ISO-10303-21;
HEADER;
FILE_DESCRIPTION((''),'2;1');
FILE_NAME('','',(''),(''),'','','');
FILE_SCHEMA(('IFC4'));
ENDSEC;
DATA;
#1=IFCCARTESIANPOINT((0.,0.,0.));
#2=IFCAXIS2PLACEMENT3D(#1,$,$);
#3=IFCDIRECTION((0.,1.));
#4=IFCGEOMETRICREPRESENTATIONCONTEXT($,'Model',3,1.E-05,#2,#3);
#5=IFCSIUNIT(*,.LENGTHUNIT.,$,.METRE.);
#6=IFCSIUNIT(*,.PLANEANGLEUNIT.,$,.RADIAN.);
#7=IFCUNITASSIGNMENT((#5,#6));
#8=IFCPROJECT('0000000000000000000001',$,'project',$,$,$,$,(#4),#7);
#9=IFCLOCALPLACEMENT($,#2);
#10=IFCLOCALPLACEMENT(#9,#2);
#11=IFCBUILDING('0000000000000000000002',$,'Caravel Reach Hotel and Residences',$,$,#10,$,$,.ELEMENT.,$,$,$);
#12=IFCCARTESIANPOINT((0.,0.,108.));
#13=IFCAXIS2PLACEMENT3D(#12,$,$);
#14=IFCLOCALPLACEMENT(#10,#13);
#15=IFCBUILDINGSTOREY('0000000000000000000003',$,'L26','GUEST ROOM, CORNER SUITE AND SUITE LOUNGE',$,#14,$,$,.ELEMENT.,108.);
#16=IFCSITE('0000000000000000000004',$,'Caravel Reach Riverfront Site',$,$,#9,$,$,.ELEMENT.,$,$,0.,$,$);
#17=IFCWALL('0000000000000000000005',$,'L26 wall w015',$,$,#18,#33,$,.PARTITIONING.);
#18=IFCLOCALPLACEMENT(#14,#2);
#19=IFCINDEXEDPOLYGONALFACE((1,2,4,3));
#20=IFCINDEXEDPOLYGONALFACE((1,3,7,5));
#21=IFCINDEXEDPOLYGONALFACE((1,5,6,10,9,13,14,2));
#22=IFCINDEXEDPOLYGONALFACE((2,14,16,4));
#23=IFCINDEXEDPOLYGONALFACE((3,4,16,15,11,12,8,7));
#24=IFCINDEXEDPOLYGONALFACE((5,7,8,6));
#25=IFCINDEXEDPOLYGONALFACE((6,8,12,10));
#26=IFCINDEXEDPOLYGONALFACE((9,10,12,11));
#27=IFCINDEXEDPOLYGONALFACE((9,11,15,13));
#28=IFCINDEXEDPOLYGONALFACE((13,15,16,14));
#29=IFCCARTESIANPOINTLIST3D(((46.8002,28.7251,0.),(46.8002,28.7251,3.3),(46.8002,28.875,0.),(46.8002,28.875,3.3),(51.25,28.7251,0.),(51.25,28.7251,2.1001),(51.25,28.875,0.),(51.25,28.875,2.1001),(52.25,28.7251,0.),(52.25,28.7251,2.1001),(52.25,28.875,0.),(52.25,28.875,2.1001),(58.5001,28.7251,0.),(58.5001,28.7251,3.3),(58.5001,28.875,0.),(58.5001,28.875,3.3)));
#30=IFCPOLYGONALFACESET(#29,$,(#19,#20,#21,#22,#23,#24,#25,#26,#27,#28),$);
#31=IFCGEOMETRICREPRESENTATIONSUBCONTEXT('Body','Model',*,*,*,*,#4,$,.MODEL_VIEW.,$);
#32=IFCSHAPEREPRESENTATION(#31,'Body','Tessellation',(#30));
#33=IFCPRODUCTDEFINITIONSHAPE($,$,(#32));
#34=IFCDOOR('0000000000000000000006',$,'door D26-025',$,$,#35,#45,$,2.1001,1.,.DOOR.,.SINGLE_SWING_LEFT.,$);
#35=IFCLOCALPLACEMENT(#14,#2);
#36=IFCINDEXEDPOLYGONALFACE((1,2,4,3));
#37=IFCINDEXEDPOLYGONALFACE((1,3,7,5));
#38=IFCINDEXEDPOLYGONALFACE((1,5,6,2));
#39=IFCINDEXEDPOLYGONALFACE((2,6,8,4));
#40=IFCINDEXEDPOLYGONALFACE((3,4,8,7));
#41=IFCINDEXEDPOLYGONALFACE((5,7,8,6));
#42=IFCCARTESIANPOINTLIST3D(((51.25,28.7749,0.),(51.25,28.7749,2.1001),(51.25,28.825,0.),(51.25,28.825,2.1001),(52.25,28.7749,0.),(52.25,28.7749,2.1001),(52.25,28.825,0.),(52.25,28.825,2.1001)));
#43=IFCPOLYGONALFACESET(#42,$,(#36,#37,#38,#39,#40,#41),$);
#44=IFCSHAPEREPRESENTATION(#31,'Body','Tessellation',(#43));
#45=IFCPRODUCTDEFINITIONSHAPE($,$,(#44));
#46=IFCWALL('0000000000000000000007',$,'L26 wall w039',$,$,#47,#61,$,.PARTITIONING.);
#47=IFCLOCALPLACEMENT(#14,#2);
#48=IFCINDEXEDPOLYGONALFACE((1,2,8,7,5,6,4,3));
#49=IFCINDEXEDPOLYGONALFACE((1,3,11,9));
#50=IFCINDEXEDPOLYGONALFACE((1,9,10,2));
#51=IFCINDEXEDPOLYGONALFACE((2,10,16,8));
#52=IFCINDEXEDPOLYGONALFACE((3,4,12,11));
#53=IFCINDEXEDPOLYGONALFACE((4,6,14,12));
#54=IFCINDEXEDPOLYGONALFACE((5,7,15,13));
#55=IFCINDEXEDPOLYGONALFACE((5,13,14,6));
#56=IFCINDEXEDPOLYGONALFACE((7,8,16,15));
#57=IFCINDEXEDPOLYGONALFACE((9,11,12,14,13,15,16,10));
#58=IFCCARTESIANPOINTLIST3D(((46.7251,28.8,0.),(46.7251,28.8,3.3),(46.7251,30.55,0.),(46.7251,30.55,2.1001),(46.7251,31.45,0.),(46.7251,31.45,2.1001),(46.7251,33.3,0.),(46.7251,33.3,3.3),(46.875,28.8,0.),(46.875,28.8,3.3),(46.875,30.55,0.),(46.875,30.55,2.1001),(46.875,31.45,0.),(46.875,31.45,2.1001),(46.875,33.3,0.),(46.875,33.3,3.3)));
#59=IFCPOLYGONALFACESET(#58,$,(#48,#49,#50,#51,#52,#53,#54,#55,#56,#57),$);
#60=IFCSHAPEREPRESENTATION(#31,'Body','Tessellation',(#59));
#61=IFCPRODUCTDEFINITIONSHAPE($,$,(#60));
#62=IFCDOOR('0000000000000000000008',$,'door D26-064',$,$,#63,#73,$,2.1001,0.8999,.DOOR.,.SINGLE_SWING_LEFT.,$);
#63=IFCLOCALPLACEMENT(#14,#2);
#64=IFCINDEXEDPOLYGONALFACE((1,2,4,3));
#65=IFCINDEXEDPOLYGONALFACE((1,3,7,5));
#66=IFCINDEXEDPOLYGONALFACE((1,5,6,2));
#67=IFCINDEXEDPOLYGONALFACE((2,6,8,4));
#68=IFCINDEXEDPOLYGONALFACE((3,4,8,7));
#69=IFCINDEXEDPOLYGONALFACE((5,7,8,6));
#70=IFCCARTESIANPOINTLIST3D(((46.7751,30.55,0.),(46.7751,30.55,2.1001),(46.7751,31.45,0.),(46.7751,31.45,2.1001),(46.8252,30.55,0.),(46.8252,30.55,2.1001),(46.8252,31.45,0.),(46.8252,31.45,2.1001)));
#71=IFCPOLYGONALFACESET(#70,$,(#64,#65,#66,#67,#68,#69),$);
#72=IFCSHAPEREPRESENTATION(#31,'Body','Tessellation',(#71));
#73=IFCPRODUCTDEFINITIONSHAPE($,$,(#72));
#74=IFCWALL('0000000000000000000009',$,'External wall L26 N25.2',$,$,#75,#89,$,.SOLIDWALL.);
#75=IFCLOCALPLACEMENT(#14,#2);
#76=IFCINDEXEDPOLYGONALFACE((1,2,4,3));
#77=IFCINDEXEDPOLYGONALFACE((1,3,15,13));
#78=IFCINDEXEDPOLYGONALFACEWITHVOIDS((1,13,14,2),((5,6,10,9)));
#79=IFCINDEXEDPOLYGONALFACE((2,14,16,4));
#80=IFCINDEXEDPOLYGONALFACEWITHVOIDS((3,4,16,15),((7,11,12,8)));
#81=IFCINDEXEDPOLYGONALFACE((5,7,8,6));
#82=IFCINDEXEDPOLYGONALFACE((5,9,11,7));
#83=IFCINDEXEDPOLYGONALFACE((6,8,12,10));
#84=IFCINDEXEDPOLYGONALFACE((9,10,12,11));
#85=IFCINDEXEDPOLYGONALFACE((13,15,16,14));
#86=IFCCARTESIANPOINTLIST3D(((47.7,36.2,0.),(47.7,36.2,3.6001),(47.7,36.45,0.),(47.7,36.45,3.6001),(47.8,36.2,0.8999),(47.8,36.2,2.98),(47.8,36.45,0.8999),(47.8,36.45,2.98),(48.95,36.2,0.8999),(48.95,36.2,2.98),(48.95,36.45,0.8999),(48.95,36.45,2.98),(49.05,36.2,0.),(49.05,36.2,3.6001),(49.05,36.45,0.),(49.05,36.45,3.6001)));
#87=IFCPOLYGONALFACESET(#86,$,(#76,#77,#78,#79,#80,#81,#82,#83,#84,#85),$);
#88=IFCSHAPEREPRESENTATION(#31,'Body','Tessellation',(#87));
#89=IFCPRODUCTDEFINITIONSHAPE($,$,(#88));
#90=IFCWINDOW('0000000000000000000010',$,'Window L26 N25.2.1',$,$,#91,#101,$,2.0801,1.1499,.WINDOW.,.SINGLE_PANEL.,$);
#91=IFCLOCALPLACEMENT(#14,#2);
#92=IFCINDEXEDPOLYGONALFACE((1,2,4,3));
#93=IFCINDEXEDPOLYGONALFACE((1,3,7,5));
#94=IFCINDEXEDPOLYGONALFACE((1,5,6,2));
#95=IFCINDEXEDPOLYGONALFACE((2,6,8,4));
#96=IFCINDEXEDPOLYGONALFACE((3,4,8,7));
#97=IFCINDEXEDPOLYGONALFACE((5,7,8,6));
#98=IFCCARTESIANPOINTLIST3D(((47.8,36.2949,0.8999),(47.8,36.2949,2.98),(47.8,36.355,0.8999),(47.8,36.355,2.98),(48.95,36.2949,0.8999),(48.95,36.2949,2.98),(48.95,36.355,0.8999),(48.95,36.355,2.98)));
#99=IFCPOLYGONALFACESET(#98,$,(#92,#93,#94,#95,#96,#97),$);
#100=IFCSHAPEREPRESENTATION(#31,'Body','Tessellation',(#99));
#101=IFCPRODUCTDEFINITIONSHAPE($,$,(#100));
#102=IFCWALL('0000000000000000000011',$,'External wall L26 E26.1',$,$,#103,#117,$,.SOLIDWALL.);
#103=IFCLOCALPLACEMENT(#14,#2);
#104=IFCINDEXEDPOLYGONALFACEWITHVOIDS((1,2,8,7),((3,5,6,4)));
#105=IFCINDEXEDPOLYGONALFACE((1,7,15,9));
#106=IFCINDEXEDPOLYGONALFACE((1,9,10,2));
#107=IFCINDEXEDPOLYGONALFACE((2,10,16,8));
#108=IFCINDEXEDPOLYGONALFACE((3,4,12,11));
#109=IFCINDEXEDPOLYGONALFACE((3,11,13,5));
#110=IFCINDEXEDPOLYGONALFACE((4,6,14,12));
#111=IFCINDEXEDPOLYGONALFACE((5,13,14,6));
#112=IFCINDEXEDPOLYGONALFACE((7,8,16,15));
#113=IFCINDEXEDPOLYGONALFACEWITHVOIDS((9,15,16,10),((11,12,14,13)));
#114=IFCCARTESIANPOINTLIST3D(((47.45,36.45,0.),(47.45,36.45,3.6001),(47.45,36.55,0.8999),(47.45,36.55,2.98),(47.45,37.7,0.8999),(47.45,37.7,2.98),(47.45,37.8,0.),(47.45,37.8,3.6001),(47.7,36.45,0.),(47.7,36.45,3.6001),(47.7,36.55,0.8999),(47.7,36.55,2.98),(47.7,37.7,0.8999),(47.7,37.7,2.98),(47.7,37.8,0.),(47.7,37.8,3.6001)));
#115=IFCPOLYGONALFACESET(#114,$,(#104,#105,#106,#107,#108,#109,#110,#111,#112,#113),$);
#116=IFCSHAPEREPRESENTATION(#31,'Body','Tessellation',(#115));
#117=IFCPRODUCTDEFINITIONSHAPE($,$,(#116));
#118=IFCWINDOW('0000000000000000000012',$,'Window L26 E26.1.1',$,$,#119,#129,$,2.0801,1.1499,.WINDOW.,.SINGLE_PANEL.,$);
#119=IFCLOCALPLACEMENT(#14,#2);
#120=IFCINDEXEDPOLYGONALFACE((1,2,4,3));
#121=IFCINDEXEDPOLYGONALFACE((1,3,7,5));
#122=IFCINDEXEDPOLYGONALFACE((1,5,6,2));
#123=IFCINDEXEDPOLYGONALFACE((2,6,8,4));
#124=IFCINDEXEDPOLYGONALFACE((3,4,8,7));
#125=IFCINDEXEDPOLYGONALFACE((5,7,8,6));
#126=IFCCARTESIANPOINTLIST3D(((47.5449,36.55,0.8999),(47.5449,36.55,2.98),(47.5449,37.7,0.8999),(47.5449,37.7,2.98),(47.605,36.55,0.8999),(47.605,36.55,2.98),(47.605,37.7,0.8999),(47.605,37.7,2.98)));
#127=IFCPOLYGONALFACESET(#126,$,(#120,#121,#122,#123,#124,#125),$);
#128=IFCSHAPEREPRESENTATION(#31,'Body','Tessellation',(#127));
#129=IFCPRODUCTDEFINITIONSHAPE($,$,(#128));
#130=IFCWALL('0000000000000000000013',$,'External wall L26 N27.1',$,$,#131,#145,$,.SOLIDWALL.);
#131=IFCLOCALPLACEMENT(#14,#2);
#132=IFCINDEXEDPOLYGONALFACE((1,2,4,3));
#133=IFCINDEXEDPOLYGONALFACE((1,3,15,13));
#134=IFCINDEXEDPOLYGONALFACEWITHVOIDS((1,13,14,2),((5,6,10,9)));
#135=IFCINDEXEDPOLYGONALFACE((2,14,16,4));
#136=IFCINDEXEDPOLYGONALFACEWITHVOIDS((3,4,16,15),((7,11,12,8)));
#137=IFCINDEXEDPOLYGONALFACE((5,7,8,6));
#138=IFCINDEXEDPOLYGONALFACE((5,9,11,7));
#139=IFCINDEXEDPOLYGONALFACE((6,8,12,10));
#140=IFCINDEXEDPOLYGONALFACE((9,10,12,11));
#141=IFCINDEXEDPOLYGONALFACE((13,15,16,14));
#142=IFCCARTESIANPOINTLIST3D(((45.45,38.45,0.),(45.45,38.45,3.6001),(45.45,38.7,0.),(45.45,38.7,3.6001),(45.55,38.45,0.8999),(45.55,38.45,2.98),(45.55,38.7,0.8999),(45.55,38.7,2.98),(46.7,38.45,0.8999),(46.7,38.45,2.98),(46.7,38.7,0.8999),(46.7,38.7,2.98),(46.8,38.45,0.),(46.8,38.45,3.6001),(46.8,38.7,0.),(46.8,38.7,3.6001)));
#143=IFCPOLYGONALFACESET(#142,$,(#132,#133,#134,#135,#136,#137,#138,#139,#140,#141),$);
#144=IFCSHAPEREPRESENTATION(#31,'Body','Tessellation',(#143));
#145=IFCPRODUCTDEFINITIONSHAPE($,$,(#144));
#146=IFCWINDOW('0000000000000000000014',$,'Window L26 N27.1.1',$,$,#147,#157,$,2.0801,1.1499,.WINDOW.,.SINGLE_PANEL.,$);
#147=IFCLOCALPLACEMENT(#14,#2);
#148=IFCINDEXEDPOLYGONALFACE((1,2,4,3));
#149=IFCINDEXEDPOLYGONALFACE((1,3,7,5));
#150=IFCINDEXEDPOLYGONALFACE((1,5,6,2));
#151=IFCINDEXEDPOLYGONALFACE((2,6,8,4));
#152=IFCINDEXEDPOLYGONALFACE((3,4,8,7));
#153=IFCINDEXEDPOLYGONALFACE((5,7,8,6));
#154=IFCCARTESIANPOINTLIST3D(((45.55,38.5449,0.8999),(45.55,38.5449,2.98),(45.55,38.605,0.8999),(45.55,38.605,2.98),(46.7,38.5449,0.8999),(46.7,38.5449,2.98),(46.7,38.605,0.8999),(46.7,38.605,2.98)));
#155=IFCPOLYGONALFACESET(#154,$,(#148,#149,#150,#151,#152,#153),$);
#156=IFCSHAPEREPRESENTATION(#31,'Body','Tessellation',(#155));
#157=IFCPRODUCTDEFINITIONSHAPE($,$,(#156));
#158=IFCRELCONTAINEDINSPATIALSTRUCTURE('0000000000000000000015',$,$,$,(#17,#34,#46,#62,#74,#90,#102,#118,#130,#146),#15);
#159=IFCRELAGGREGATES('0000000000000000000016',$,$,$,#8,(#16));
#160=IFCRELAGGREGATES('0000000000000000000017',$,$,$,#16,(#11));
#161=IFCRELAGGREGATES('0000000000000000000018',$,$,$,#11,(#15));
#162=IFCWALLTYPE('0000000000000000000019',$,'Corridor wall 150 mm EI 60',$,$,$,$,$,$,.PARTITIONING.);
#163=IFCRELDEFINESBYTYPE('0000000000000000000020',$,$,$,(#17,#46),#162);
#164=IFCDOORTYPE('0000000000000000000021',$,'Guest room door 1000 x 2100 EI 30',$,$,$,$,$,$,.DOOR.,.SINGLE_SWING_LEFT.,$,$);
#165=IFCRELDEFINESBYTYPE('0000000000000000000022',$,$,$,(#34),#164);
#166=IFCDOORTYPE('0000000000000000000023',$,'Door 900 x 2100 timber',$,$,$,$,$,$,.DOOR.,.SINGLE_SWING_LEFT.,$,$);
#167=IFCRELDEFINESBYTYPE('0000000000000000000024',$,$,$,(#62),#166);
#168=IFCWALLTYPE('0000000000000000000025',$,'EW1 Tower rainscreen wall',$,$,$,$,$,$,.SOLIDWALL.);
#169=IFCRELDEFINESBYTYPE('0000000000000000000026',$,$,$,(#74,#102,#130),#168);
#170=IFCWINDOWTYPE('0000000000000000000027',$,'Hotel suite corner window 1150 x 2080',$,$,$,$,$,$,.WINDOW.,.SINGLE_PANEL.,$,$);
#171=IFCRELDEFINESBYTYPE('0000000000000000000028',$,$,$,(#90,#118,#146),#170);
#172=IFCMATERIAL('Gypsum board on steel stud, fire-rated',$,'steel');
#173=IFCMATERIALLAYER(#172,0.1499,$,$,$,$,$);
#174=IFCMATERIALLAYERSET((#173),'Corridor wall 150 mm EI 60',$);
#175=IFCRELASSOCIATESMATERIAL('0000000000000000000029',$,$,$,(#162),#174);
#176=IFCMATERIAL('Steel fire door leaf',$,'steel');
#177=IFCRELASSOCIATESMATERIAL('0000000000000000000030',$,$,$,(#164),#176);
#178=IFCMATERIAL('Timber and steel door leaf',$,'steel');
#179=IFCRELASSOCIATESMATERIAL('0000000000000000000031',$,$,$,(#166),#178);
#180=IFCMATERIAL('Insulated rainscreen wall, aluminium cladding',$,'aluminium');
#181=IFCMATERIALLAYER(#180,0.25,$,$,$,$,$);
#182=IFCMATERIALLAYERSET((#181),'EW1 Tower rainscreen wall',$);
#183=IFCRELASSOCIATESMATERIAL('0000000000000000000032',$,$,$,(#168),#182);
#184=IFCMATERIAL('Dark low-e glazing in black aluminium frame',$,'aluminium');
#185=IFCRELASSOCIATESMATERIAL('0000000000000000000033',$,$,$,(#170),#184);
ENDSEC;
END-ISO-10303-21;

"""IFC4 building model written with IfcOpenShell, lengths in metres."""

from ifc_helpers import new_model, si_unit, direction, frame, frame_2d, origin, place, context, subcontext, project, spatial, rectangle, extrude, material, layer, layer_set, type_object, element, fill, save


model = new_model("IFC4")

# Units and contexts
model_context = context("Model", 3, precision=1e-05, world=origin(), true_north=direction((0.0, 1.0)))
body_context = subcontext(model_context, "Body", "Model", "MODEL_VIEW")
ifc_project = project(units=[si_unit("LENGTHUNIT", "METRE"), si_unit("PLANEANGLEUNIT", "RADIAN")], contexts=[model_context])

# Site, building, storey
site_placement = place(None, origin())
site = spatial("IfcSite", under=ifc_project, at=site_placement, Name="Caravel Reach Riverfront Site", CompositionType="ELEMENT", RefElevation=0.0)
building_placement = place(site_placement, origin())
building = spatial("IfcBuilding", under=site, at=building_placement, Name="Caravel Reach Hotel and Residences", CompositionType="ELEMENT")
storey_placement = place(building_placement, frame((0.0, 0.0, 108.0)))
storey = spatial("IfcBuildingStorey", under=building, at=storey_placement, Name="L26", Description="GUEST ROOM, CORNER SUITE AND SUITE LOUNGE", CompositionType="ELEMENT", Elevation=108.0)

# Walls, openings, doors
ifc_material_1 = material(Name="Gypsum board on steel stud, fire-rated", Category="steel")
ifc_layer_1 = layer(ifc_material_1, 0.1499)
ifc_layer_set_1 = layer_set([ifc_layer_1], Name="Corridor wall 150 mm EI 60")
wall_type_1 = type_object("IfcWallType", Name="Corridor wall 150 mm EI 60", PredefinedType="PARTITIONING", material=ifc_layer_set_1)
ifc_material_2 = material(Name="Steel fire door leaf", Category="steel")
door_type_1 = type_object("IfcDoorType", Name="Guest room door 1000 x 2100 EI 30", OperationType="SINGLE_SWING_LEFT", PredefinedType="DOOR", material=ifc_material_2)
wall_1_placement = place(storey_placement, frame((46.8, 28.8, 0.0), z_axis=(0.0, 0.0, 1.0), x_axis=(1.0, 0.0, 0.0)))
wall_1 = element("IfcWall", 1, at=wall_1_placement, inside=storey, type_object=wall_type_1, Name="L26 wall w015", PredefinedType="PARTITIONING", context=body_context, shape_type="SweptSolid", body=[
    extrude(rectangle(XDim=11.7, YDim=0.1499, at=frame_2d((5.8501, 0.0))), origin(), (0.0, 0.0, 1.0), 3.3),
])
opening_1_placement = place(wall_1_placement, frame((4.45, 0.0, 0.0)))
opening_1 = element("IfcOpeningElement", 2, at=opening_1_placement, cuts=wall_1, PredefinedType="OPENING", context=body_context, shape_type="SweptSolid", body=[
    extrude(rectangle(XDim=1.0, YDim=2.1001, at=frame_2d((0.5, 1.05))), frame((0.0, 0.085, 0.0), z_axis=(0.0, -1.0, 0.0), x_axis=(1.0, 0.0, 0.0)), (0.0, 0.0, 1.0), 0.1699),
])
door_1_placement = place(opening_1_placement, origin())
door_1 = element("IfcDoor", 3, at=door_1_placement, inside=storey, type_object=door_type_1, Name="door D26-025", OperationType="SINGLE_SWING_LEFT", OverallHeight=2.1001, OverallWidth=1.0, PredefinedType="DOOR", context=body_context, shape_type="SweptSolid", body=[
    extrude(rectangle(XDim=1.0, YDim=2.1001, at=frame_2d((0.5, 1.05))), frame((0.0, 0.0249, 0.0), z_axis=(0.0, -1.0, 0.0), x_axis=(1.0, 0.0, 0.0)), (0.0, 0.0, 1.0), 0.05),
])
fill(opening_1, door_1)
wall_2_placement = place(storey_placement, frame((46.8, 28.8, 0.0), z_axis=(0.0, 0.0, 1.0), x_axis=(0.0, 1.0, 0.0)))
wall_2 = element("IfcWall", 4, at=wall_2_placement, inside=storey, type_object=wall_type_1, Name="L26 wall w039", PredefinedType="PARTITIONING", context=body_context, shape_type="SweptSolid", body=[
    extrude(rectangle(XDim=4.5, YDim=0.1499, at=frame_2d((2.25, 0.0))), origin(), (0.0, 0.0, 1.0), 3.3),
])
opening_2_placement = place(wall_2_placement, frame((1.75, 0.0, 0.0)))
opening_2 = element("IfcOpeningElement", 5, at=opening_2_placement, cuts=wall_2, PredefinedType="OPENING", context=body_context, shape_type="SweptSolid", body=[
    extrude(rectangle(XDim=0.8999, YDim=2.1001, at=frame_2d((0.45, 1.05))), frame((0.0, 0.085, 0.0), z_axis=(0.0, -1.0, 0.0), x_axis=(1.0, 0.0, 0.0)), (0.0, 0.0, 1.0), 0.1699),
])
ifc_material_3 = material(Name="Timber and steel door leaf", Category="steel")
door_type_2 = type_object("IfcDoorType", Name="Door 900 x 2100 timber", OperationType="SINGLE_SWING_LEFT", PredefinedType="DOOR", material=ifc_material_3)
door_2_placement = place(opening_2_placement, origin())
door_2 = element("IfcDoor", 6, at=door_2_placement, inside=storey, type_object=door_type_2, Name="door D26-064", OperationType="SINGLE_SWING_LEFT", OverallHeight=2.1001, OverallWidth=0.8999, PredefinedType="DOOR", context=body_context, shape_type="SweptSolid", body=[
    extrude(rectangle(XDim=0.8999, YDim=2.1001, at=frame_2d((0.45, 1.05))), frame((0.0, 0.0249, 0.0), z_axis=(0.0, -1.0, 0.0), x_axis=(1.0, 0.0, 0.0)), (0.0, 0.0, 1.0), 0.05),
])
fill(opening_2, door_2)

# Walls, openings, windows
ifc_material_4 = material(Name="Insulated rainscreen wall, aluminium cladding", Category="aluminium")
ifc_layer_2 = layer(ifc_material_4, 0.25)
ifc_layer_set_2 = layer_set([ifc_layer_2], Name="EW1 Tower rainscreen wall")
wall_type_2 = type_object("IfcWallType", Name="EW1 Tower rainscreen wall", PredefinedType="SOLIDWALL", material=ifc_layer_set_2)
wall_3_placement = place(storey_placement, frame((49.05, 36.325, 0.0), z_axis=(0.0, 0.0, 1.0), x_axis=(-1.0, 0.0, 0.0)))
wall_3 = element("IfcWall", 7, at=wall_3_placement, inside=storey, type_object=wall_type_2, Name="External wall L26 N25.2", PredefinedType="SOLIDWALL", context=body_context, shape_type="SweptSolid", body=[
    extrude(rectangle(XDim=1.3501, YDim=0.25, at=frame_2d((0.675, 0.0))), origin(), (0.0, 0.0, 1.0), 3.6001),
])
opening_3_placement = place(wall_3_placement, frame((0.1001, 0.0, 0.8999)))
opening_3 = element("IfcOpeningElement", 8, at=opening_3_placement, cuts=wall_3, PredefinedType="OPENING", context=body_context, shape_type="SweptSolid", body=[
    extrude(rectangle(XDim=1.1499, YDim=2.0801, at=frame_2d((0.575, 1.04))), frame((0.0, 0.135, 0.0), z_axis=(0.0, -1.0, 0.0), x_axis=(1.0, 0.0, 0.0)), (0.0, 0.0, 1.0), 0.27),
])
ifc_material_5 = material(Name="Dark low-e glazing in black aluminium frame", Category="aluminium")
window_type_1 = type_object("IfcWindowType", Name="Hotel suite corner window 1150 x 2080", PartitioningType="SINGLE_PANEL", PredefinedType="WINDOW", material=ifc_material_5)
window_1_placement = place(opening_3_placement, origin())
window_1 = element("IfcWindow", 9, at=window_1_placement, inside=storey, type_object=window_type_1, Name="Window L26 N25.2.1", OverallHeight=2.0801, OverallWidth=1.1499, PartitioningType="SINGLE_PANEL", PredefinedType="WINDOW", context=body_context, shape_type="SweptSolid", body=[
    extrude(rectangle(XDim=1.1499, YDim=2.0801, at=frame_2d((0.575, 1.04))), frame((0.0, 0.03, 0.0), z_axis=(0.0, -1.0, 0.0), x_axis=(1.0, 0.0, 0.0)), (0.0, 0.0, 1.0), 0.0601),
])
fill(opening_3, window_1)
wall_4_placement = place(storey_placement, frame((47.575, 36.45, 0.0), z_axis=(0.0, 0.0, 1.0), x_axis=(0.0, 1.0, 0.0)))
wall_4 = element("IfcWall", 10, at=wall_4_placement, inside=storey, type_object=wall_type_2, Name="External wall L26 E26.1", PredefinedType="SOLIDWALL", context=body_context, shape_type="SweptSolid", body=[
    extrude(rectangle(XDim=1.3501, YDim=0.25, at=frame_2d((0.675, 0.0))), origin(), (0.0, 0.0, 1.0), 3.6001),
])
opening_4_placement = place(wall_4_placement, frame((0.1001, 0.0, 0.8999)))
opening_4 = element("IfcOpeningElement", 11, at=opening_4_placement, cuts=wall_4, PredefinedType="OPENING", context=body_context, shape_type="SweptSolid", body=[
    extrude(rectangle(XDim=1.1499, YDim=2.0801, at=frame_2d((0.575, 1.04))), frame((0.0, 0.135, 0.0), z_axis=(0.0, -1.0, 0.0), x_axis=(1.0, 0.0, 0.0)), (0.0, 0.0, 1.0), 0.27),
])
window_2_placement = place(opening_4_placement, origin())
window_2 = element("IfcWindow", 12, at=window_2_placement, inside=storey, type_object=window_type_1, Name="Window L26 E26.1.1", OverallHeight=2.0801, OverallWidth=1.1499, PartitioningType="SINGLE_PANEL", PredefinedType="WINDOW", context=body_context, shape_type="SweptSolid", body=[
    extrude(rectangle(XDim=1.1499, YDim=2.0801, at=frame_2d((0.575, 1.04))), frame((0.0, 0.03, 0.0), z_axis=(0.0, -1.0, 0.0), x_axis=(1.0, 0.0, 0.0)), (0.0, 0.0, 1.0), 0.0601),
])
fill(opening_4, window_2)
wall_5_placement = place(storey_placement, frame((46.8, 38.575, 0.0), z_axis=(0.0, 0.0, 1.0), x_axis=(-1.0, 0.0, 0.0)))
wall_5 = element("IfcWall", 13, at=wall_5_placement, inside=storey, type_object=wall_type_2, Name="External wall L26 N27.1", PredefinedType="SOLIDWALL", context=body_context, shape_type="SweptSolid", body=[
    extrude(rectangle(XDim=1.3501, YDim=0.25, at=frame_2d((0.675, 0.0))), origin(), (0.0, 0.0, 1.0), 3.6001),
])
opening_5_placement = place(wall_5_placement, frame((0.1001, 0.0, 0.8999)))
opening_5 = element("IfcOpeningElement", 14, at=opening_5_placement, cuts=wall_5, PredefinedType="OPENING", context=body_context, shape_type="SweptSolid", body=[
    extrude(rectangle(XDim=1.1499, YDim=2.0801, at=frame_2d((0.575, 1.04))), frame((0.0, 0.135, 0.0), z_axis=(0.0, -1.0, 0.0), x_axis=(1.0, 0.0, 0.0)), (0.0, 0.0, 1.0), 0.27),
])
window_3_placement = place(opening_5_placement, origin())
window_3 = element("IfcWindow", 15, at=window_3_placement, inside=storey, type_object=window_type_1, Name="Window L26 N27.1.1", OverallHeight=2.0801, OverallWidth=1.1499, PartitioningType="SINGLE_PANEL", PredefinedType="WINDOW", context=body_context, shape_type="SweptSolid", body=[
    extrude(rectangle(XDim=1.1499, YDim=2.0801, at=frame_2d((0.575, 1.04))), frame((0.0, 0.03, 0.0), z_axis=(0.0, -1.0, 0.0), x_axis=(1.0, 0.0, 0.0)), (0.0, 0.0, 1.0), 0.0601),
])
fill(opening_5, window_3)

save(model, "model.ifc")
